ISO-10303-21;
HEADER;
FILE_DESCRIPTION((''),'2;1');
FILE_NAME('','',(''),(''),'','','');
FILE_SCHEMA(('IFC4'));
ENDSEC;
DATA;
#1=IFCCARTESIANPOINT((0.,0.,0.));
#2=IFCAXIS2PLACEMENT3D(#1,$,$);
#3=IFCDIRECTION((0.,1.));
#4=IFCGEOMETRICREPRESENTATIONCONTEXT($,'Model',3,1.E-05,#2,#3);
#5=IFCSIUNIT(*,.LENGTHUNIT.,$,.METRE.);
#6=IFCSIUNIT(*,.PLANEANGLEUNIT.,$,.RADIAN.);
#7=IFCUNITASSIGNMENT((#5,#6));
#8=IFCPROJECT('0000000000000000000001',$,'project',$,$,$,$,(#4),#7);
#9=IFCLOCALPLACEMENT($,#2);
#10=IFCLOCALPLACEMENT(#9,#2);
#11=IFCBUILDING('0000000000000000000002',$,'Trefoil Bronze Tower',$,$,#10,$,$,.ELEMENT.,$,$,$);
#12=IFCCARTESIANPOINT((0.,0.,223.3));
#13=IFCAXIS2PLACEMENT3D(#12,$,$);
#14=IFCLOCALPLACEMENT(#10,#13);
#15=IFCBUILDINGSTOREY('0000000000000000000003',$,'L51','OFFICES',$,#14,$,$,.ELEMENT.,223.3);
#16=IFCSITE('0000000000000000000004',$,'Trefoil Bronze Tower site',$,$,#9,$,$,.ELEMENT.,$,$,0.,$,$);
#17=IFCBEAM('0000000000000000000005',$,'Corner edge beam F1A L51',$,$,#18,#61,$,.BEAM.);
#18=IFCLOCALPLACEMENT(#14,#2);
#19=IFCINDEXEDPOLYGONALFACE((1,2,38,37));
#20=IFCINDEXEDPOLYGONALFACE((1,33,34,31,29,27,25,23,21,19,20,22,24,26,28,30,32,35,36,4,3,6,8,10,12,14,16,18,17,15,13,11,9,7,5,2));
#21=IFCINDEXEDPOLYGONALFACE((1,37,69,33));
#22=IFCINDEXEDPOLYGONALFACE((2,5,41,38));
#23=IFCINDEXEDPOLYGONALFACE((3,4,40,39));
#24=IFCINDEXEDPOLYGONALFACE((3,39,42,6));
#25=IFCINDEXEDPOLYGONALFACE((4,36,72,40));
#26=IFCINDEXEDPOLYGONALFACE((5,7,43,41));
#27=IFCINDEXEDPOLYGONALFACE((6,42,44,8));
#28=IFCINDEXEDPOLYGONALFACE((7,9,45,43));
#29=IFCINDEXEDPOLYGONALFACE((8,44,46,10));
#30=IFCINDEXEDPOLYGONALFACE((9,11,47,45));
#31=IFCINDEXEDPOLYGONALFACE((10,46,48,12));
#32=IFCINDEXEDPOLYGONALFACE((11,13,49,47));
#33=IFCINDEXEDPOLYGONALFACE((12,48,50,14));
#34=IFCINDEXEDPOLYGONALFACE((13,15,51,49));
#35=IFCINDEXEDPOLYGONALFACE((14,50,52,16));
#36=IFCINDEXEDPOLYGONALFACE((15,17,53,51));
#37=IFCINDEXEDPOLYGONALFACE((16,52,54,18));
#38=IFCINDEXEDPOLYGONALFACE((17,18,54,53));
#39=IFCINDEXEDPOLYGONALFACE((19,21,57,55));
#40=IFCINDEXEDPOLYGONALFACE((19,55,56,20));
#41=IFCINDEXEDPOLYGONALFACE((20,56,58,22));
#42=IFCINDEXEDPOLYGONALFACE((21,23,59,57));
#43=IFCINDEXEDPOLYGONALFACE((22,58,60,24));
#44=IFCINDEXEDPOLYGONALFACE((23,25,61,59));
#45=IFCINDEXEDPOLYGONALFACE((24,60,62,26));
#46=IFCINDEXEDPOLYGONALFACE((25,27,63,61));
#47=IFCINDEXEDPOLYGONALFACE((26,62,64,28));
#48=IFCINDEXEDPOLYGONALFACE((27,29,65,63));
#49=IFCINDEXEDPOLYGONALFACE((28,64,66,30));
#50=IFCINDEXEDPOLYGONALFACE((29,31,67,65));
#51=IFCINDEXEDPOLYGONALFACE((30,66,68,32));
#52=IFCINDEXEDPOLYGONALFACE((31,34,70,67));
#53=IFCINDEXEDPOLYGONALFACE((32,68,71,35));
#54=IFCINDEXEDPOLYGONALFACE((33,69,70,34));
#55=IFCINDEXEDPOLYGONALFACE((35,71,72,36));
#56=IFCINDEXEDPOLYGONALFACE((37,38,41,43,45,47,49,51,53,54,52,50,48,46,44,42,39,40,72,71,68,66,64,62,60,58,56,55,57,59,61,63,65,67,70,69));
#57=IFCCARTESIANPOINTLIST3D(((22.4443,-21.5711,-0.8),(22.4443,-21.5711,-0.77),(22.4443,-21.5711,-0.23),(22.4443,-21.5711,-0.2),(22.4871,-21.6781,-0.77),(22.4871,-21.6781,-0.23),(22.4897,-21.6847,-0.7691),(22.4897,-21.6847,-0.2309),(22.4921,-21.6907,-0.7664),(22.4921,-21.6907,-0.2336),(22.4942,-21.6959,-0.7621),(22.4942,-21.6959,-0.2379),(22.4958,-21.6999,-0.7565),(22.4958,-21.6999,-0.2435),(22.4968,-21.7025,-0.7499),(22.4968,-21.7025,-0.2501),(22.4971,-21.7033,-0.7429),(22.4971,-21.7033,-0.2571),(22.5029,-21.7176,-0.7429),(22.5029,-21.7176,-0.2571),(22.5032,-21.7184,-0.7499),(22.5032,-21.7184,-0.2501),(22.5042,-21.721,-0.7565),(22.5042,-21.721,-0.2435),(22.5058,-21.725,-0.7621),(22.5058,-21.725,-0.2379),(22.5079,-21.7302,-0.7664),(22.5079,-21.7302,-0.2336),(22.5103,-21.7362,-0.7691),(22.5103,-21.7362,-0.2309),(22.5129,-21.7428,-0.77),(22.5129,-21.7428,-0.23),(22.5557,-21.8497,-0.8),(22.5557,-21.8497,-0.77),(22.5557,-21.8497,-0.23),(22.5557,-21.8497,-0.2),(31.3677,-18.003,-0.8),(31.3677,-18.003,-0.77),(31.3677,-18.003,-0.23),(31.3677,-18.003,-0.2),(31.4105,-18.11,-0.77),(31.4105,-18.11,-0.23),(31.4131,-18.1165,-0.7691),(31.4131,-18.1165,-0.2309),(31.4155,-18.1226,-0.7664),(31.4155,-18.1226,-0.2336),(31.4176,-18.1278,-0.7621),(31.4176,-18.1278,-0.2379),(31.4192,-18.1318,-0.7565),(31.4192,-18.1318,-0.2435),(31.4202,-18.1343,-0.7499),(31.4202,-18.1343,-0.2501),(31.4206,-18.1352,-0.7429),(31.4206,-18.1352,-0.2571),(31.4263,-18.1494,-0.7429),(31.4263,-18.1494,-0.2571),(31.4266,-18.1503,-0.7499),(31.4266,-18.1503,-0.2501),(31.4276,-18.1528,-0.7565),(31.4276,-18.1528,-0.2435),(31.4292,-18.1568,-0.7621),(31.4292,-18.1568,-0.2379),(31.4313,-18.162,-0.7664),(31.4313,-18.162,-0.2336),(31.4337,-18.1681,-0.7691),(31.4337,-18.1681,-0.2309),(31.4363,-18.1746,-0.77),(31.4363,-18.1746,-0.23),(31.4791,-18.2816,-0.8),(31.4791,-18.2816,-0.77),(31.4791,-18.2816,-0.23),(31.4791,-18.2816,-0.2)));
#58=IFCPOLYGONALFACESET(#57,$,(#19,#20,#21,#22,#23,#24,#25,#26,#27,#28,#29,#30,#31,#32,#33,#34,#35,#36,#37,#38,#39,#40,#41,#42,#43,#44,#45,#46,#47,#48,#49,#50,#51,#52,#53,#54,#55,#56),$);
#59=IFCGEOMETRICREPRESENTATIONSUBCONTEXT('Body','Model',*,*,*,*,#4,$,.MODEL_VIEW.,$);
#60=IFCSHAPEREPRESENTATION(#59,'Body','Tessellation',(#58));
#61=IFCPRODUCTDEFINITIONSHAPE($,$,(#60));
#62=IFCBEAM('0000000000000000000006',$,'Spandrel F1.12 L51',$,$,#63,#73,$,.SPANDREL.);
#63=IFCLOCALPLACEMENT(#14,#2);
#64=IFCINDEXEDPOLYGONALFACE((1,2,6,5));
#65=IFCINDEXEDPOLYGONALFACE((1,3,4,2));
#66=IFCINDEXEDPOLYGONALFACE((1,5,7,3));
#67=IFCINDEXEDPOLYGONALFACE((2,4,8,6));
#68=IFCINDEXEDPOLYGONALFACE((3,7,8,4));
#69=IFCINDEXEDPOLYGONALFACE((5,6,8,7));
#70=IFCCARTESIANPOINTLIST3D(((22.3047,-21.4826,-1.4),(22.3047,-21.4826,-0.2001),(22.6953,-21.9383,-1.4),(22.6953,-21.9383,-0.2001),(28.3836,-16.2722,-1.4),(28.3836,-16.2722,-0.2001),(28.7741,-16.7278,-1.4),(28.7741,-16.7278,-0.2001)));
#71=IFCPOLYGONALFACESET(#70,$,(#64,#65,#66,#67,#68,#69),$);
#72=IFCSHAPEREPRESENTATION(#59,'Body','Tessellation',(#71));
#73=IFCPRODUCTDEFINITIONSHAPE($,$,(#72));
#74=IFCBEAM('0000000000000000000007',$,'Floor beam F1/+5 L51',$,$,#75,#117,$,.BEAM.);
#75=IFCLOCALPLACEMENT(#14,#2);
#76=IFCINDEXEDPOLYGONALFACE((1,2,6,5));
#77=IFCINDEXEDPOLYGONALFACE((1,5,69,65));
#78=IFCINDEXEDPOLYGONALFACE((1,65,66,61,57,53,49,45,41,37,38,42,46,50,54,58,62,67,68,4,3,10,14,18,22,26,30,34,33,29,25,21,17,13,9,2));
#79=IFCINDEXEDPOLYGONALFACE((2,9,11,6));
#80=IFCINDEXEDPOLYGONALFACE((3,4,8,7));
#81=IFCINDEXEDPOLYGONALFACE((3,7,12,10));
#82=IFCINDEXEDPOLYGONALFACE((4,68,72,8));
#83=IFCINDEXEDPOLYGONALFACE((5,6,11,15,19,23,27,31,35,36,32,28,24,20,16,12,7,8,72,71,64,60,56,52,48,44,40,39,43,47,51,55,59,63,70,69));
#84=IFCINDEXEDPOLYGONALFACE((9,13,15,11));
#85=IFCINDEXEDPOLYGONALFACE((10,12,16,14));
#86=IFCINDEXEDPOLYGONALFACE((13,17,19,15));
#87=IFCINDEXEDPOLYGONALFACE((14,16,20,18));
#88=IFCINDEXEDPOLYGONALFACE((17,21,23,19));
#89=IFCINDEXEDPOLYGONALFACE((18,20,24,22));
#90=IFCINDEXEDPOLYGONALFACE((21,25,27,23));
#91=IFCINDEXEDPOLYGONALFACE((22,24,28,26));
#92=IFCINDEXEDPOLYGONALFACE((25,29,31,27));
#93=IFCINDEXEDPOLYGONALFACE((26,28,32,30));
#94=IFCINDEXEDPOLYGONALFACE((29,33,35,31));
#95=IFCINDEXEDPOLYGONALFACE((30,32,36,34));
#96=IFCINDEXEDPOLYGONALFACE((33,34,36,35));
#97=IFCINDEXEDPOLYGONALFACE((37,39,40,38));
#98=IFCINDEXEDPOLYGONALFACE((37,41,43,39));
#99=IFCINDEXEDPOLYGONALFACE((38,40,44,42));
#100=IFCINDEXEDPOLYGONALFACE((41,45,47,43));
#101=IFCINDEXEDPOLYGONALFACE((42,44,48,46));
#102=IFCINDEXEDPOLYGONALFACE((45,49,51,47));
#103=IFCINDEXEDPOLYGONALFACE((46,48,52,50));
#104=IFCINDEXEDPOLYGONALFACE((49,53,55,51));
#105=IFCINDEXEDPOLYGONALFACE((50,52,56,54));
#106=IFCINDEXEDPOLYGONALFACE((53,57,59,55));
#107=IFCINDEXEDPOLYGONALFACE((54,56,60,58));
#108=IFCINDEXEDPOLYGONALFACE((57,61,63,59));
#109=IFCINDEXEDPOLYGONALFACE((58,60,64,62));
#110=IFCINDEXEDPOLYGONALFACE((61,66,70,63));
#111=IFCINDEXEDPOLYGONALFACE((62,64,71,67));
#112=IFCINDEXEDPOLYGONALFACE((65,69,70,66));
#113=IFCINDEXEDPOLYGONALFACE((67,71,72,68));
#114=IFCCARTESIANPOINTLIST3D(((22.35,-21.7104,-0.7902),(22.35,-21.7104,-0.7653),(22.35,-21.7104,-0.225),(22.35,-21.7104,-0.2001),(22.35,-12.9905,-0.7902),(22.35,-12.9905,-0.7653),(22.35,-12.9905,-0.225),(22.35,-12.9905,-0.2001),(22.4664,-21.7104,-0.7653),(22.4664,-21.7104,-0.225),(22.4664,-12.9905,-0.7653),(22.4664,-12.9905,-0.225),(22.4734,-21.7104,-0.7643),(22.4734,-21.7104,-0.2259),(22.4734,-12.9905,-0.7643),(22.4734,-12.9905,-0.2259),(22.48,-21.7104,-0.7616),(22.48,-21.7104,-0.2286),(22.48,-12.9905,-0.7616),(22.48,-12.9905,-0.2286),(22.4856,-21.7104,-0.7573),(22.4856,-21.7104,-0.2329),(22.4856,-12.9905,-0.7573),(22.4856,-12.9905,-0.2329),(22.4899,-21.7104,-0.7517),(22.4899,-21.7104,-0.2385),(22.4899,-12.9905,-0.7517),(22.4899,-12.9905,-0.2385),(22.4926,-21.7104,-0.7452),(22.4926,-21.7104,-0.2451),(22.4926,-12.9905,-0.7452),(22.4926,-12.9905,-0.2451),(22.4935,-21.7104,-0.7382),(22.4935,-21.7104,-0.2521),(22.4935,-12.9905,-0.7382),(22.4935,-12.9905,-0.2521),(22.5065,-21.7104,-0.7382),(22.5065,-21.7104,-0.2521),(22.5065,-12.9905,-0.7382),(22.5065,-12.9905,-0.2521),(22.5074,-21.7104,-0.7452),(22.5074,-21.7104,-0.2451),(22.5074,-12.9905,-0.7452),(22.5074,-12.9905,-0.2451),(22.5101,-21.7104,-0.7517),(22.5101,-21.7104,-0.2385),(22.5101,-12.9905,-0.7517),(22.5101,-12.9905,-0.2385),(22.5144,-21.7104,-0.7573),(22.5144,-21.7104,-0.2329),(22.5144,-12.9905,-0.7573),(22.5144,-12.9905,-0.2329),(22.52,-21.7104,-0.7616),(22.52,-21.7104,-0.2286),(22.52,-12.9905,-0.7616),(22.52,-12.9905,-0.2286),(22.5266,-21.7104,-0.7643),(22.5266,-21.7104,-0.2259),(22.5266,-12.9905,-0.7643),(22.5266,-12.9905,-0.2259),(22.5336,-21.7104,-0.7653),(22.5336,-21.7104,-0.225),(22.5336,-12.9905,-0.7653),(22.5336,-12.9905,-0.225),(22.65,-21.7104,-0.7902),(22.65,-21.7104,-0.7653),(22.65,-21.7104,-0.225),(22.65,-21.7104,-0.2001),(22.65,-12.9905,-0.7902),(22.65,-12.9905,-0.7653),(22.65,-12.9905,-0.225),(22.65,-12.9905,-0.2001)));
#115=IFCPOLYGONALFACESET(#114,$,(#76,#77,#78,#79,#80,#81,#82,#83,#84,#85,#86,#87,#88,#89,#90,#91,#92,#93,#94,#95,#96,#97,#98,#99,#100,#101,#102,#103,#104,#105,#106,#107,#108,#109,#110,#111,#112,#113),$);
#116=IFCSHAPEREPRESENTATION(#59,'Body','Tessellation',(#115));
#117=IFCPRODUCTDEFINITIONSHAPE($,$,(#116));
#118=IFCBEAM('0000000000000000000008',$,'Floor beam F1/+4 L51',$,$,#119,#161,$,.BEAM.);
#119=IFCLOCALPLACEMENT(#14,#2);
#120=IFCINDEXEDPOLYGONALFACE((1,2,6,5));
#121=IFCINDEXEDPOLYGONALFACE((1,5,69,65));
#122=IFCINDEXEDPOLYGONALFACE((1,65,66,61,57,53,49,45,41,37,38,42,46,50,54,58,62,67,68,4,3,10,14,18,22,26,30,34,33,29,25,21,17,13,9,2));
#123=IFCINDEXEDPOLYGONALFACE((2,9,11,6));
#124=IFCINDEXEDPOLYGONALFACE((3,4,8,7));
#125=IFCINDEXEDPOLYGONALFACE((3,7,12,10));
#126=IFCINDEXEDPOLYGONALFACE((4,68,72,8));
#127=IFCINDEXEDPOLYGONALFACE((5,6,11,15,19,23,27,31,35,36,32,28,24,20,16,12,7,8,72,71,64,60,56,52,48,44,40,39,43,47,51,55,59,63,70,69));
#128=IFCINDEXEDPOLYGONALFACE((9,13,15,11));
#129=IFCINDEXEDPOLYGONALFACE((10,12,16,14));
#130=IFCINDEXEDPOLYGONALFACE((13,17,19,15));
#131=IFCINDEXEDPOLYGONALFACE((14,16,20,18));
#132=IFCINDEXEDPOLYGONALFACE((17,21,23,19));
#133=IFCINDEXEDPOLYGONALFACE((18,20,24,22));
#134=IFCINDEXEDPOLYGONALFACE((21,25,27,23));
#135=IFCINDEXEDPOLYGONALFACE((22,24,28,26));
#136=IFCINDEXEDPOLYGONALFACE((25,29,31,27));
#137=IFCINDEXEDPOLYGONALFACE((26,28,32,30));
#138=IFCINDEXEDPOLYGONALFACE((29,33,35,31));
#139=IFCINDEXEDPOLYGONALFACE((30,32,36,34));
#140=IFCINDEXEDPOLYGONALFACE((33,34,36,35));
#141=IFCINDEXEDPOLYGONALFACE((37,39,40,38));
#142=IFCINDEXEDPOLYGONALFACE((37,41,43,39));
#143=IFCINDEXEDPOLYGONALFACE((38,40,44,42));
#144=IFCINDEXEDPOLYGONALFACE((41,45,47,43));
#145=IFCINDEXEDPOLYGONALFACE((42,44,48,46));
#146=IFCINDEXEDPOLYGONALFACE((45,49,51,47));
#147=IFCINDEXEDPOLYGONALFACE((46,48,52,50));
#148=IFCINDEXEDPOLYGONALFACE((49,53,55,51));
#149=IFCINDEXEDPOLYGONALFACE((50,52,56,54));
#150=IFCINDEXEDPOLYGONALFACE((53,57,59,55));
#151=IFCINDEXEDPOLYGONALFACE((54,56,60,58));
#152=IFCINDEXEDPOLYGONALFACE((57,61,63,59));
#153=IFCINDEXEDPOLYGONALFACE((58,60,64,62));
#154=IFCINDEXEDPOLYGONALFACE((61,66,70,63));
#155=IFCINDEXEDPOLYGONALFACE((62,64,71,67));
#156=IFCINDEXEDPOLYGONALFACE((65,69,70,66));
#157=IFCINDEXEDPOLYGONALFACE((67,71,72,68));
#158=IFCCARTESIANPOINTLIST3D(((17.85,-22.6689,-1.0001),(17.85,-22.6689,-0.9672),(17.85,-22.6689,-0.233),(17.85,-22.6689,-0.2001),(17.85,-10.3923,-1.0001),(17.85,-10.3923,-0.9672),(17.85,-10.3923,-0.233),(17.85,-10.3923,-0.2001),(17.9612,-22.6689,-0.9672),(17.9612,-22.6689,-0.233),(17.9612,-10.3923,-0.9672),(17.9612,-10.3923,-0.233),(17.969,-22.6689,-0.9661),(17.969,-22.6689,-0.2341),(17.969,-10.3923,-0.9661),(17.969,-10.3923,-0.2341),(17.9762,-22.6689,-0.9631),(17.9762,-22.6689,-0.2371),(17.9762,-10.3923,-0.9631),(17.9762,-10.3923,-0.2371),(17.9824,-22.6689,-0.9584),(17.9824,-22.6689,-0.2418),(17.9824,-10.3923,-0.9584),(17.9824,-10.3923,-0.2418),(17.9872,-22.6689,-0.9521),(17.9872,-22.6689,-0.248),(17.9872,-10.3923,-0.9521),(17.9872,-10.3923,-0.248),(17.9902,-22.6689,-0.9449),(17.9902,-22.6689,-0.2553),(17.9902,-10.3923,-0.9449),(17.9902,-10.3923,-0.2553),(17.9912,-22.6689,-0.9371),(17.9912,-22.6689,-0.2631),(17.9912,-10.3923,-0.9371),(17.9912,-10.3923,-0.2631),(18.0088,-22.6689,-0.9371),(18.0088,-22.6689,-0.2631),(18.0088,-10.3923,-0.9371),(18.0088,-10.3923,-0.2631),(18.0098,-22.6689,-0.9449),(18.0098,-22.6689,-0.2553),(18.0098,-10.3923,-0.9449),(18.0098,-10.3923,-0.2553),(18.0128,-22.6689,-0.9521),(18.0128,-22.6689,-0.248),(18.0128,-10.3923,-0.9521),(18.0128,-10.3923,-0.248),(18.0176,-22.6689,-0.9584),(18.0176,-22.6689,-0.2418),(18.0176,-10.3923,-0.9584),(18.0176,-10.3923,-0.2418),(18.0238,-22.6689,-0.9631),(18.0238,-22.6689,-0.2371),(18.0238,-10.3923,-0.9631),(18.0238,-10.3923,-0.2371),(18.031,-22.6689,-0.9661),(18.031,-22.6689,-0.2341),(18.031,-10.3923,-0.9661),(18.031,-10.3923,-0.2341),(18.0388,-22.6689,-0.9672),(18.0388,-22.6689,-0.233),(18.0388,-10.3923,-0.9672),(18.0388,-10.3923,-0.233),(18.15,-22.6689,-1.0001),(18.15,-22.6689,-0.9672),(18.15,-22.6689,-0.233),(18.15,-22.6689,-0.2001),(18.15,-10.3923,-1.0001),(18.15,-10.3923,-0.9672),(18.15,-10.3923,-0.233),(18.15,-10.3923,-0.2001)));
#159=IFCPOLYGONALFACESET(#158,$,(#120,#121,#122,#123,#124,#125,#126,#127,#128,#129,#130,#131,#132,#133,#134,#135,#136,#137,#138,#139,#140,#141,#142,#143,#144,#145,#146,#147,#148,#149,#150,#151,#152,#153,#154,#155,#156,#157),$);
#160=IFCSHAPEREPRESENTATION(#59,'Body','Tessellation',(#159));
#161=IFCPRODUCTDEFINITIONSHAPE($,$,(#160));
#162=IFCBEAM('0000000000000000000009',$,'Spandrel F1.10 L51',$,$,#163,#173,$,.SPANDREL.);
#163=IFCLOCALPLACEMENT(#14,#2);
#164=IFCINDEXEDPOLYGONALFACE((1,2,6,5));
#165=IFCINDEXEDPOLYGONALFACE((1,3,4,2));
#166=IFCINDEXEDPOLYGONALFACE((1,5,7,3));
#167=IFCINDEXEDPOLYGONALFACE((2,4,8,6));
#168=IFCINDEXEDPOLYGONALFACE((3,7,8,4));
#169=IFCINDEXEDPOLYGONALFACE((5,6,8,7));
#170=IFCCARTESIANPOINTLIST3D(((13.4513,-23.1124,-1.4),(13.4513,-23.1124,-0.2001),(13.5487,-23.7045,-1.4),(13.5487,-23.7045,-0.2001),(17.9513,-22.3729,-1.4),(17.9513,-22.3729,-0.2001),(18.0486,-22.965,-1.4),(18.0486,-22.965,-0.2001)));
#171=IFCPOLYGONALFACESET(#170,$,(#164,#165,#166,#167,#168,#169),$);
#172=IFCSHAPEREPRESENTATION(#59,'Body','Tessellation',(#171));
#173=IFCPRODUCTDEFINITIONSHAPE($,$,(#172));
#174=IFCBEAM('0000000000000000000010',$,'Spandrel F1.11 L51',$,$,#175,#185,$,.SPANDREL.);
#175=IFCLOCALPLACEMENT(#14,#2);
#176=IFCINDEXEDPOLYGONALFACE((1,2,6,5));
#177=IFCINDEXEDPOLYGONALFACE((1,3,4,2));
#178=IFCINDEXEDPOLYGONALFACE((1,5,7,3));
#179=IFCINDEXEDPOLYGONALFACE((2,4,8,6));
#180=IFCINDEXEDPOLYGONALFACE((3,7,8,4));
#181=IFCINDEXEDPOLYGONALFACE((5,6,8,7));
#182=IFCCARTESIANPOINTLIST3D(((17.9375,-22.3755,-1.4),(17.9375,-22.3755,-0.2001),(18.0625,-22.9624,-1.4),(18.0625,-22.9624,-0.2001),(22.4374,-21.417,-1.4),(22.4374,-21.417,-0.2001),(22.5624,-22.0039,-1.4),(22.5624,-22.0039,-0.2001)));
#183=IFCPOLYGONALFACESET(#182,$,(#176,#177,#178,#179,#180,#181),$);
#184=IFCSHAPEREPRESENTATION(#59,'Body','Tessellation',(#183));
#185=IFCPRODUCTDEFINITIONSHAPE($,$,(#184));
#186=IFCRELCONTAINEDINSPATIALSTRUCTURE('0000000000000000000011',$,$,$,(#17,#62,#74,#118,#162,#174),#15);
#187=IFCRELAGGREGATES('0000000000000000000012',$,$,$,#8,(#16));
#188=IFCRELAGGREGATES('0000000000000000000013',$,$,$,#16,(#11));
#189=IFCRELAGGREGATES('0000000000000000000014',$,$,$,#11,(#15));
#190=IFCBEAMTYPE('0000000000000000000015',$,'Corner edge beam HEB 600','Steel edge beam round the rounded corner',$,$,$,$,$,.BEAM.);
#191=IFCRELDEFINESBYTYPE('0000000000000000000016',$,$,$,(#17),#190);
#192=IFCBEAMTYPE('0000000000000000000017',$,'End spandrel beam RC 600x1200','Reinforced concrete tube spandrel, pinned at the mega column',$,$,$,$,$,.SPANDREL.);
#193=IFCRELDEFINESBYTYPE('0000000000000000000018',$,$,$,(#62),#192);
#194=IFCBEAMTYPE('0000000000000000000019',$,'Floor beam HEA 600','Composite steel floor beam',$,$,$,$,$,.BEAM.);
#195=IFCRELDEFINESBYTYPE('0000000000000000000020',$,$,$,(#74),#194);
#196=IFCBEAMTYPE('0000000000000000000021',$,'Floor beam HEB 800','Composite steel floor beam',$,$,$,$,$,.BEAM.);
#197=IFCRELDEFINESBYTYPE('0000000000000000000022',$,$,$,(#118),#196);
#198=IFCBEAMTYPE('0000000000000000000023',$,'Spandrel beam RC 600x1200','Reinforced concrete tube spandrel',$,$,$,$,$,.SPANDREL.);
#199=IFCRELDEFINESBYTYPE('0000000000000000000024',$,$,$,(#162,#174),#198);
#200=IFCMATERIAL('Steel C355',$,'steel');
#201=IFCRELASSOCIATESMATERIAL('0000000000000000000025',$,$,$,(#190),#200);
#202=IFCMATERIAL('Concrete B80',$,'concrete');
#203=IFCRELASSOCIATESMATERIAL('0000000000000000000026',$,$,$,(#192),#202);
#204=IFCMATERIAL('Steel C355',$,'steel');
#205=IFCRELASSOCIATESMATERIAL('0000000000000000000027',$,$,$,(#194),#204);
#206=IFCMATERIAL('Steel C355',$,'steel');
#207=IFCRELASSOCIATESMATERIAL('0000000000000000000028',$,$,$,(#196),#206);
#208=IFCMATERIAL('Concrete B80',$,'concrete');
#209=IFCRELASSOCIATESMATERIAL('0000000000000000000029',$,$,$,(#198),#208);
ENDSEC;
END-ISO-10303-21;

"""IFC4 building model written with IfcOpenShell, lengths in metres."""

from ifc_helpers import new_model, si_unit, direction, frame, origin, origin_2d, place, context, subcontext, project, spatial, rectangle, i_section, extrude, material, material_profile, profile_set, type_object, element, save


model = new_model("IFC4")

# Units and contexts
model_context = context("Model", 3, precision=1e-05, world=origin(), true_north=direction((0.0, 1.0)))
body_context = subcontext(model_context, "Body", "Model", "MODEL_VIEW")
ifc_project = project(units=[si_unit("LENGTHUNIT", "METRE"), si_unit("PLANEANGLEUNIT", "RADIAN")], contexts=[model_context])

# Site, building, storey
site_placement = place(None, origin())
site = spatial("IfcSite", under=ifc_project, at=site_placement, Name="Trefoil Bronze Tower site", CompositionType="ELEMENT", RefElevation=0.0)
building_placement = place(site_placement, origin())
building = spatial("IfcBuilding", under=site, at=building_placement, Name="Trefoil Bronze Tower", CompositionType="ELEMENT")
storey_placement = place(building_placement, frame((0.0, 0.0, 223.3)))
storey = spatial("IfcBuildingStorey", under=building, at=storey_placement, Name="L51", Description="OFFICES", CompositionType="ELEMENT", Elevation=223.3)

# Beams
ifc_material_1 = material(Name="Steel C355", Category="steel")
ifc_material_profile_1 = material_profile(ifc_material_1, i_section(OverallWidth=0.3, OverallDepth=0.6001, WebThickness=0.0154, FlangeThickness=0.03, FilletRadius=0.0271, at=origin_2d()), Name="HEB 600")
ifc_profile_set_1 = profile_set([ifc_material_profile_1], Name="Steel C355")
beam_type_1 = type_object("IfcBeamType", Name="Corner edge beam HEB 600", Description="Steel edge beam round the rounded corner", PredefinedType="BEAM", material=ifc_profile_set_1)
beam_1_placement = place(storey_placement, frame((22.5, -21.7104, -0.5), z_axis=(0.92852, 0.371281, 0.0), x_axis=(-0.371281, 0.92852, 0.0)))
element("IfcBeam", 1, at=beam_1_placement, inside=storey, type_object=beam_type_1, Name="Corner edge beam F1A L51", PredefinedType="BEAM", context=body_context, shape_type="SweptSolid", body=[
    extrude(i_section(OverallWidth=0.3, OverallDepth=0.6001, WebThickness=0.0154, FlangeThickness=0.03, FilletRadius=0.0271, at=origin_2d()), origin(), (0.0, 0.0, 1.0), 9.6104),
])
ifc_material_2 = material(Name="Concrete B80", Category="concrete")
ifc_material_profile_2 = material_profile(ifc_material_2, rectangle(XDim=0.6001, YDim=1.2, at=origin_2d()), Name="RC 600x1200")
ifc_profile_set_2 = profile_set([ifc_material_profile_2], Name="Concrete B80")
beam_type_2 = type_object("IfcBeamType", Name="End spandrel beam RC 600x1200", Description="Reinforced concrete tube spandrel, pinned at the mega column", PredefinedType="SPANDREL", material=ifc_profile_set_2)
beam_2_placement = place(storey_placement, frame((22.5, -21.7104, -0.8), z_axis=(0.759257, 0.650791, 0.0), x_axis=(-0.650791, 0.759257, 0.0)))
element("IfcBeam", 2, at=beam_2_placement, inside=storey, type_object=beam_type_2, Name="Spandrel F1.12 L51", PredefinedType="SPANDREL", context=body_context, shape_type="SweptSolid", body=[
    extrude(rectangle(XDim=0.6001, YDim=1.2, at=origin_2d()), origin(), (0.0, 0.0, 1.0), 8.0063),
])
ifc_material_3 = material(Name="Steel C355", Category="steel")
ifc_material_profile_3 = material_profile(ifc_material_3, i_section(OverallWidth=0.3, OverallDepth=0.5901, WebThickness=0.0129, FlangeThickness=0.0249, FilletRadius=0.0271, at=origin_2d()), Name="HEA 600")
ifc_profile_set_3 = profile_set([ifc_material_profile_3], Name="Steel C355")
beam_type_3 = type_object("IfcBeamType", Name="Floor beam HEA 600", Description="Composite steel floor beam", PredefinedType="BEAM", material=ifc_profile_set_3)
beam_3_placement = place(storey_placement, frame((22.5, -21.7104, -0.4951), z_axis=(0.0, 1.0, 0.0), x_axis=(-1.0, 0.0, 0.0)))
element("IfcBeam", 3, at=beam_3_placement, inside=storey, type_object=beam_type_3, Name="Floor beam F1/+5 L51", PredefinedType="BEAM", context=body_context, shape_type="SweptSolid", body=[
    extrude(i_section(OverallWidth=0.3, OverallDepth=0.5901, WebThickness=0.0129, FlangeThickness=0.0249, FilletRadius=0.0271, at=origin_2d()), origin(), (0.0, 0.0, 1.0), 8.72),
])
ifc_material_4 = material(Name="Steel C355", Category="steel")
ifc_material_profile_4 = material_profile(ifc_material_4, i_section(OverallWidth=0.3, OverallDepth=0.8, WebThickness=0.0176, FlangeThickness=0.033, FilletRadius=0.03, at=origin_2d()), Name="HEB 800")
ifc_profile_set_4 = profile_set([ifc_material_profile_4], Name="Steel C355")
beam_type_4 = type_object("IfcBeamType", Name="Floor beam HEB 800", Description="Composite steel floor beam", PredefinedType="BEAM", material=ifc_profile_set_4)
beam_4_placement = place(storey_placement, frame((18.0, -22.6689, -0.6001), z_axis=(0.0, 1.0, 0.0), x_axis=(-1.0, 0.0, 0.0)))
element("IfcBeam", 4, at=beam_4_placement, inside=storey, type_object=beam_type_4, Name="Floor beam F1/+4 L51", PredefinedType="BEAM", context=body_context, shape_type="SweptSolid", body=[
    extrude(i_section(OverallWidth=0.3, OverallDepth=0.8, WebThickness=0.0176, FlangeThickness=0.033, FilletRadius=0.03, at=origin_2d()), origin(), (0.0, 0.0, 1.0), 12.2766),
])
ifc_material_5 = material(Name="Concrete B80", Category="concrete")
ifc_material_profile_5 = material_profile(ifc_material_5, rectangle(XDim=0.6001, YDim=1.2, at=origin_2d()), Name="RC 600x1200")
ifc_profile_set_5 = profile_set([ifc_material_profile_5], Name="Concrete B80")
beam_type_5 = type_object("IfcBeamType", Name="Spandrel beam RC 600x1200", Description="Reinforced concrete tube spandrel", PredefinedType="SPANDREL", material=ifc_profile_set_5)
beam_5_placement = place(storey_placement, frame((13.5, -23.4084, -0.8), z_axis=(0.986765, 0.162159, 0.0), x_axis=(-0.162159, 0.986765, 0.0)))
element("IfcBeam", 5, at=beam_5_placement, inside=storey, type_object=beam_type_5, Name="Spandrel F1.10 L51", PredefinedType="SPANDREL", context=body_context, shape_type="SweptSolid", body=[
    extrude(rectangle(XDim=0.6001, YDim=1.2, at=origin_2d()), origin(), (0.0, 0.0, 1.0), 4.5603),
])
beam_6_placement = place(storey_placement, frame((18.0, -22.6689, -0.8), z_axis=(0.978059, 0.208326, 0.0), x_axis=(-0.208326, 0.978059, 0.0)))
element("IfcBeam", 6, at=beam_6_placement, inside=storey, type_object=beam_type_5, Name="Spandrel F1.11 L51", PredefinedType="SPANDREL", context=body_context, shape_type="SweptSolid", body=[
    extrude(rectangle(XDim=0.6001, YDim=1.2, at=origin_2d()), origin(), (0.0, 0.0, 1.0), 4.6008),
])

save(model, "model.ifc")
